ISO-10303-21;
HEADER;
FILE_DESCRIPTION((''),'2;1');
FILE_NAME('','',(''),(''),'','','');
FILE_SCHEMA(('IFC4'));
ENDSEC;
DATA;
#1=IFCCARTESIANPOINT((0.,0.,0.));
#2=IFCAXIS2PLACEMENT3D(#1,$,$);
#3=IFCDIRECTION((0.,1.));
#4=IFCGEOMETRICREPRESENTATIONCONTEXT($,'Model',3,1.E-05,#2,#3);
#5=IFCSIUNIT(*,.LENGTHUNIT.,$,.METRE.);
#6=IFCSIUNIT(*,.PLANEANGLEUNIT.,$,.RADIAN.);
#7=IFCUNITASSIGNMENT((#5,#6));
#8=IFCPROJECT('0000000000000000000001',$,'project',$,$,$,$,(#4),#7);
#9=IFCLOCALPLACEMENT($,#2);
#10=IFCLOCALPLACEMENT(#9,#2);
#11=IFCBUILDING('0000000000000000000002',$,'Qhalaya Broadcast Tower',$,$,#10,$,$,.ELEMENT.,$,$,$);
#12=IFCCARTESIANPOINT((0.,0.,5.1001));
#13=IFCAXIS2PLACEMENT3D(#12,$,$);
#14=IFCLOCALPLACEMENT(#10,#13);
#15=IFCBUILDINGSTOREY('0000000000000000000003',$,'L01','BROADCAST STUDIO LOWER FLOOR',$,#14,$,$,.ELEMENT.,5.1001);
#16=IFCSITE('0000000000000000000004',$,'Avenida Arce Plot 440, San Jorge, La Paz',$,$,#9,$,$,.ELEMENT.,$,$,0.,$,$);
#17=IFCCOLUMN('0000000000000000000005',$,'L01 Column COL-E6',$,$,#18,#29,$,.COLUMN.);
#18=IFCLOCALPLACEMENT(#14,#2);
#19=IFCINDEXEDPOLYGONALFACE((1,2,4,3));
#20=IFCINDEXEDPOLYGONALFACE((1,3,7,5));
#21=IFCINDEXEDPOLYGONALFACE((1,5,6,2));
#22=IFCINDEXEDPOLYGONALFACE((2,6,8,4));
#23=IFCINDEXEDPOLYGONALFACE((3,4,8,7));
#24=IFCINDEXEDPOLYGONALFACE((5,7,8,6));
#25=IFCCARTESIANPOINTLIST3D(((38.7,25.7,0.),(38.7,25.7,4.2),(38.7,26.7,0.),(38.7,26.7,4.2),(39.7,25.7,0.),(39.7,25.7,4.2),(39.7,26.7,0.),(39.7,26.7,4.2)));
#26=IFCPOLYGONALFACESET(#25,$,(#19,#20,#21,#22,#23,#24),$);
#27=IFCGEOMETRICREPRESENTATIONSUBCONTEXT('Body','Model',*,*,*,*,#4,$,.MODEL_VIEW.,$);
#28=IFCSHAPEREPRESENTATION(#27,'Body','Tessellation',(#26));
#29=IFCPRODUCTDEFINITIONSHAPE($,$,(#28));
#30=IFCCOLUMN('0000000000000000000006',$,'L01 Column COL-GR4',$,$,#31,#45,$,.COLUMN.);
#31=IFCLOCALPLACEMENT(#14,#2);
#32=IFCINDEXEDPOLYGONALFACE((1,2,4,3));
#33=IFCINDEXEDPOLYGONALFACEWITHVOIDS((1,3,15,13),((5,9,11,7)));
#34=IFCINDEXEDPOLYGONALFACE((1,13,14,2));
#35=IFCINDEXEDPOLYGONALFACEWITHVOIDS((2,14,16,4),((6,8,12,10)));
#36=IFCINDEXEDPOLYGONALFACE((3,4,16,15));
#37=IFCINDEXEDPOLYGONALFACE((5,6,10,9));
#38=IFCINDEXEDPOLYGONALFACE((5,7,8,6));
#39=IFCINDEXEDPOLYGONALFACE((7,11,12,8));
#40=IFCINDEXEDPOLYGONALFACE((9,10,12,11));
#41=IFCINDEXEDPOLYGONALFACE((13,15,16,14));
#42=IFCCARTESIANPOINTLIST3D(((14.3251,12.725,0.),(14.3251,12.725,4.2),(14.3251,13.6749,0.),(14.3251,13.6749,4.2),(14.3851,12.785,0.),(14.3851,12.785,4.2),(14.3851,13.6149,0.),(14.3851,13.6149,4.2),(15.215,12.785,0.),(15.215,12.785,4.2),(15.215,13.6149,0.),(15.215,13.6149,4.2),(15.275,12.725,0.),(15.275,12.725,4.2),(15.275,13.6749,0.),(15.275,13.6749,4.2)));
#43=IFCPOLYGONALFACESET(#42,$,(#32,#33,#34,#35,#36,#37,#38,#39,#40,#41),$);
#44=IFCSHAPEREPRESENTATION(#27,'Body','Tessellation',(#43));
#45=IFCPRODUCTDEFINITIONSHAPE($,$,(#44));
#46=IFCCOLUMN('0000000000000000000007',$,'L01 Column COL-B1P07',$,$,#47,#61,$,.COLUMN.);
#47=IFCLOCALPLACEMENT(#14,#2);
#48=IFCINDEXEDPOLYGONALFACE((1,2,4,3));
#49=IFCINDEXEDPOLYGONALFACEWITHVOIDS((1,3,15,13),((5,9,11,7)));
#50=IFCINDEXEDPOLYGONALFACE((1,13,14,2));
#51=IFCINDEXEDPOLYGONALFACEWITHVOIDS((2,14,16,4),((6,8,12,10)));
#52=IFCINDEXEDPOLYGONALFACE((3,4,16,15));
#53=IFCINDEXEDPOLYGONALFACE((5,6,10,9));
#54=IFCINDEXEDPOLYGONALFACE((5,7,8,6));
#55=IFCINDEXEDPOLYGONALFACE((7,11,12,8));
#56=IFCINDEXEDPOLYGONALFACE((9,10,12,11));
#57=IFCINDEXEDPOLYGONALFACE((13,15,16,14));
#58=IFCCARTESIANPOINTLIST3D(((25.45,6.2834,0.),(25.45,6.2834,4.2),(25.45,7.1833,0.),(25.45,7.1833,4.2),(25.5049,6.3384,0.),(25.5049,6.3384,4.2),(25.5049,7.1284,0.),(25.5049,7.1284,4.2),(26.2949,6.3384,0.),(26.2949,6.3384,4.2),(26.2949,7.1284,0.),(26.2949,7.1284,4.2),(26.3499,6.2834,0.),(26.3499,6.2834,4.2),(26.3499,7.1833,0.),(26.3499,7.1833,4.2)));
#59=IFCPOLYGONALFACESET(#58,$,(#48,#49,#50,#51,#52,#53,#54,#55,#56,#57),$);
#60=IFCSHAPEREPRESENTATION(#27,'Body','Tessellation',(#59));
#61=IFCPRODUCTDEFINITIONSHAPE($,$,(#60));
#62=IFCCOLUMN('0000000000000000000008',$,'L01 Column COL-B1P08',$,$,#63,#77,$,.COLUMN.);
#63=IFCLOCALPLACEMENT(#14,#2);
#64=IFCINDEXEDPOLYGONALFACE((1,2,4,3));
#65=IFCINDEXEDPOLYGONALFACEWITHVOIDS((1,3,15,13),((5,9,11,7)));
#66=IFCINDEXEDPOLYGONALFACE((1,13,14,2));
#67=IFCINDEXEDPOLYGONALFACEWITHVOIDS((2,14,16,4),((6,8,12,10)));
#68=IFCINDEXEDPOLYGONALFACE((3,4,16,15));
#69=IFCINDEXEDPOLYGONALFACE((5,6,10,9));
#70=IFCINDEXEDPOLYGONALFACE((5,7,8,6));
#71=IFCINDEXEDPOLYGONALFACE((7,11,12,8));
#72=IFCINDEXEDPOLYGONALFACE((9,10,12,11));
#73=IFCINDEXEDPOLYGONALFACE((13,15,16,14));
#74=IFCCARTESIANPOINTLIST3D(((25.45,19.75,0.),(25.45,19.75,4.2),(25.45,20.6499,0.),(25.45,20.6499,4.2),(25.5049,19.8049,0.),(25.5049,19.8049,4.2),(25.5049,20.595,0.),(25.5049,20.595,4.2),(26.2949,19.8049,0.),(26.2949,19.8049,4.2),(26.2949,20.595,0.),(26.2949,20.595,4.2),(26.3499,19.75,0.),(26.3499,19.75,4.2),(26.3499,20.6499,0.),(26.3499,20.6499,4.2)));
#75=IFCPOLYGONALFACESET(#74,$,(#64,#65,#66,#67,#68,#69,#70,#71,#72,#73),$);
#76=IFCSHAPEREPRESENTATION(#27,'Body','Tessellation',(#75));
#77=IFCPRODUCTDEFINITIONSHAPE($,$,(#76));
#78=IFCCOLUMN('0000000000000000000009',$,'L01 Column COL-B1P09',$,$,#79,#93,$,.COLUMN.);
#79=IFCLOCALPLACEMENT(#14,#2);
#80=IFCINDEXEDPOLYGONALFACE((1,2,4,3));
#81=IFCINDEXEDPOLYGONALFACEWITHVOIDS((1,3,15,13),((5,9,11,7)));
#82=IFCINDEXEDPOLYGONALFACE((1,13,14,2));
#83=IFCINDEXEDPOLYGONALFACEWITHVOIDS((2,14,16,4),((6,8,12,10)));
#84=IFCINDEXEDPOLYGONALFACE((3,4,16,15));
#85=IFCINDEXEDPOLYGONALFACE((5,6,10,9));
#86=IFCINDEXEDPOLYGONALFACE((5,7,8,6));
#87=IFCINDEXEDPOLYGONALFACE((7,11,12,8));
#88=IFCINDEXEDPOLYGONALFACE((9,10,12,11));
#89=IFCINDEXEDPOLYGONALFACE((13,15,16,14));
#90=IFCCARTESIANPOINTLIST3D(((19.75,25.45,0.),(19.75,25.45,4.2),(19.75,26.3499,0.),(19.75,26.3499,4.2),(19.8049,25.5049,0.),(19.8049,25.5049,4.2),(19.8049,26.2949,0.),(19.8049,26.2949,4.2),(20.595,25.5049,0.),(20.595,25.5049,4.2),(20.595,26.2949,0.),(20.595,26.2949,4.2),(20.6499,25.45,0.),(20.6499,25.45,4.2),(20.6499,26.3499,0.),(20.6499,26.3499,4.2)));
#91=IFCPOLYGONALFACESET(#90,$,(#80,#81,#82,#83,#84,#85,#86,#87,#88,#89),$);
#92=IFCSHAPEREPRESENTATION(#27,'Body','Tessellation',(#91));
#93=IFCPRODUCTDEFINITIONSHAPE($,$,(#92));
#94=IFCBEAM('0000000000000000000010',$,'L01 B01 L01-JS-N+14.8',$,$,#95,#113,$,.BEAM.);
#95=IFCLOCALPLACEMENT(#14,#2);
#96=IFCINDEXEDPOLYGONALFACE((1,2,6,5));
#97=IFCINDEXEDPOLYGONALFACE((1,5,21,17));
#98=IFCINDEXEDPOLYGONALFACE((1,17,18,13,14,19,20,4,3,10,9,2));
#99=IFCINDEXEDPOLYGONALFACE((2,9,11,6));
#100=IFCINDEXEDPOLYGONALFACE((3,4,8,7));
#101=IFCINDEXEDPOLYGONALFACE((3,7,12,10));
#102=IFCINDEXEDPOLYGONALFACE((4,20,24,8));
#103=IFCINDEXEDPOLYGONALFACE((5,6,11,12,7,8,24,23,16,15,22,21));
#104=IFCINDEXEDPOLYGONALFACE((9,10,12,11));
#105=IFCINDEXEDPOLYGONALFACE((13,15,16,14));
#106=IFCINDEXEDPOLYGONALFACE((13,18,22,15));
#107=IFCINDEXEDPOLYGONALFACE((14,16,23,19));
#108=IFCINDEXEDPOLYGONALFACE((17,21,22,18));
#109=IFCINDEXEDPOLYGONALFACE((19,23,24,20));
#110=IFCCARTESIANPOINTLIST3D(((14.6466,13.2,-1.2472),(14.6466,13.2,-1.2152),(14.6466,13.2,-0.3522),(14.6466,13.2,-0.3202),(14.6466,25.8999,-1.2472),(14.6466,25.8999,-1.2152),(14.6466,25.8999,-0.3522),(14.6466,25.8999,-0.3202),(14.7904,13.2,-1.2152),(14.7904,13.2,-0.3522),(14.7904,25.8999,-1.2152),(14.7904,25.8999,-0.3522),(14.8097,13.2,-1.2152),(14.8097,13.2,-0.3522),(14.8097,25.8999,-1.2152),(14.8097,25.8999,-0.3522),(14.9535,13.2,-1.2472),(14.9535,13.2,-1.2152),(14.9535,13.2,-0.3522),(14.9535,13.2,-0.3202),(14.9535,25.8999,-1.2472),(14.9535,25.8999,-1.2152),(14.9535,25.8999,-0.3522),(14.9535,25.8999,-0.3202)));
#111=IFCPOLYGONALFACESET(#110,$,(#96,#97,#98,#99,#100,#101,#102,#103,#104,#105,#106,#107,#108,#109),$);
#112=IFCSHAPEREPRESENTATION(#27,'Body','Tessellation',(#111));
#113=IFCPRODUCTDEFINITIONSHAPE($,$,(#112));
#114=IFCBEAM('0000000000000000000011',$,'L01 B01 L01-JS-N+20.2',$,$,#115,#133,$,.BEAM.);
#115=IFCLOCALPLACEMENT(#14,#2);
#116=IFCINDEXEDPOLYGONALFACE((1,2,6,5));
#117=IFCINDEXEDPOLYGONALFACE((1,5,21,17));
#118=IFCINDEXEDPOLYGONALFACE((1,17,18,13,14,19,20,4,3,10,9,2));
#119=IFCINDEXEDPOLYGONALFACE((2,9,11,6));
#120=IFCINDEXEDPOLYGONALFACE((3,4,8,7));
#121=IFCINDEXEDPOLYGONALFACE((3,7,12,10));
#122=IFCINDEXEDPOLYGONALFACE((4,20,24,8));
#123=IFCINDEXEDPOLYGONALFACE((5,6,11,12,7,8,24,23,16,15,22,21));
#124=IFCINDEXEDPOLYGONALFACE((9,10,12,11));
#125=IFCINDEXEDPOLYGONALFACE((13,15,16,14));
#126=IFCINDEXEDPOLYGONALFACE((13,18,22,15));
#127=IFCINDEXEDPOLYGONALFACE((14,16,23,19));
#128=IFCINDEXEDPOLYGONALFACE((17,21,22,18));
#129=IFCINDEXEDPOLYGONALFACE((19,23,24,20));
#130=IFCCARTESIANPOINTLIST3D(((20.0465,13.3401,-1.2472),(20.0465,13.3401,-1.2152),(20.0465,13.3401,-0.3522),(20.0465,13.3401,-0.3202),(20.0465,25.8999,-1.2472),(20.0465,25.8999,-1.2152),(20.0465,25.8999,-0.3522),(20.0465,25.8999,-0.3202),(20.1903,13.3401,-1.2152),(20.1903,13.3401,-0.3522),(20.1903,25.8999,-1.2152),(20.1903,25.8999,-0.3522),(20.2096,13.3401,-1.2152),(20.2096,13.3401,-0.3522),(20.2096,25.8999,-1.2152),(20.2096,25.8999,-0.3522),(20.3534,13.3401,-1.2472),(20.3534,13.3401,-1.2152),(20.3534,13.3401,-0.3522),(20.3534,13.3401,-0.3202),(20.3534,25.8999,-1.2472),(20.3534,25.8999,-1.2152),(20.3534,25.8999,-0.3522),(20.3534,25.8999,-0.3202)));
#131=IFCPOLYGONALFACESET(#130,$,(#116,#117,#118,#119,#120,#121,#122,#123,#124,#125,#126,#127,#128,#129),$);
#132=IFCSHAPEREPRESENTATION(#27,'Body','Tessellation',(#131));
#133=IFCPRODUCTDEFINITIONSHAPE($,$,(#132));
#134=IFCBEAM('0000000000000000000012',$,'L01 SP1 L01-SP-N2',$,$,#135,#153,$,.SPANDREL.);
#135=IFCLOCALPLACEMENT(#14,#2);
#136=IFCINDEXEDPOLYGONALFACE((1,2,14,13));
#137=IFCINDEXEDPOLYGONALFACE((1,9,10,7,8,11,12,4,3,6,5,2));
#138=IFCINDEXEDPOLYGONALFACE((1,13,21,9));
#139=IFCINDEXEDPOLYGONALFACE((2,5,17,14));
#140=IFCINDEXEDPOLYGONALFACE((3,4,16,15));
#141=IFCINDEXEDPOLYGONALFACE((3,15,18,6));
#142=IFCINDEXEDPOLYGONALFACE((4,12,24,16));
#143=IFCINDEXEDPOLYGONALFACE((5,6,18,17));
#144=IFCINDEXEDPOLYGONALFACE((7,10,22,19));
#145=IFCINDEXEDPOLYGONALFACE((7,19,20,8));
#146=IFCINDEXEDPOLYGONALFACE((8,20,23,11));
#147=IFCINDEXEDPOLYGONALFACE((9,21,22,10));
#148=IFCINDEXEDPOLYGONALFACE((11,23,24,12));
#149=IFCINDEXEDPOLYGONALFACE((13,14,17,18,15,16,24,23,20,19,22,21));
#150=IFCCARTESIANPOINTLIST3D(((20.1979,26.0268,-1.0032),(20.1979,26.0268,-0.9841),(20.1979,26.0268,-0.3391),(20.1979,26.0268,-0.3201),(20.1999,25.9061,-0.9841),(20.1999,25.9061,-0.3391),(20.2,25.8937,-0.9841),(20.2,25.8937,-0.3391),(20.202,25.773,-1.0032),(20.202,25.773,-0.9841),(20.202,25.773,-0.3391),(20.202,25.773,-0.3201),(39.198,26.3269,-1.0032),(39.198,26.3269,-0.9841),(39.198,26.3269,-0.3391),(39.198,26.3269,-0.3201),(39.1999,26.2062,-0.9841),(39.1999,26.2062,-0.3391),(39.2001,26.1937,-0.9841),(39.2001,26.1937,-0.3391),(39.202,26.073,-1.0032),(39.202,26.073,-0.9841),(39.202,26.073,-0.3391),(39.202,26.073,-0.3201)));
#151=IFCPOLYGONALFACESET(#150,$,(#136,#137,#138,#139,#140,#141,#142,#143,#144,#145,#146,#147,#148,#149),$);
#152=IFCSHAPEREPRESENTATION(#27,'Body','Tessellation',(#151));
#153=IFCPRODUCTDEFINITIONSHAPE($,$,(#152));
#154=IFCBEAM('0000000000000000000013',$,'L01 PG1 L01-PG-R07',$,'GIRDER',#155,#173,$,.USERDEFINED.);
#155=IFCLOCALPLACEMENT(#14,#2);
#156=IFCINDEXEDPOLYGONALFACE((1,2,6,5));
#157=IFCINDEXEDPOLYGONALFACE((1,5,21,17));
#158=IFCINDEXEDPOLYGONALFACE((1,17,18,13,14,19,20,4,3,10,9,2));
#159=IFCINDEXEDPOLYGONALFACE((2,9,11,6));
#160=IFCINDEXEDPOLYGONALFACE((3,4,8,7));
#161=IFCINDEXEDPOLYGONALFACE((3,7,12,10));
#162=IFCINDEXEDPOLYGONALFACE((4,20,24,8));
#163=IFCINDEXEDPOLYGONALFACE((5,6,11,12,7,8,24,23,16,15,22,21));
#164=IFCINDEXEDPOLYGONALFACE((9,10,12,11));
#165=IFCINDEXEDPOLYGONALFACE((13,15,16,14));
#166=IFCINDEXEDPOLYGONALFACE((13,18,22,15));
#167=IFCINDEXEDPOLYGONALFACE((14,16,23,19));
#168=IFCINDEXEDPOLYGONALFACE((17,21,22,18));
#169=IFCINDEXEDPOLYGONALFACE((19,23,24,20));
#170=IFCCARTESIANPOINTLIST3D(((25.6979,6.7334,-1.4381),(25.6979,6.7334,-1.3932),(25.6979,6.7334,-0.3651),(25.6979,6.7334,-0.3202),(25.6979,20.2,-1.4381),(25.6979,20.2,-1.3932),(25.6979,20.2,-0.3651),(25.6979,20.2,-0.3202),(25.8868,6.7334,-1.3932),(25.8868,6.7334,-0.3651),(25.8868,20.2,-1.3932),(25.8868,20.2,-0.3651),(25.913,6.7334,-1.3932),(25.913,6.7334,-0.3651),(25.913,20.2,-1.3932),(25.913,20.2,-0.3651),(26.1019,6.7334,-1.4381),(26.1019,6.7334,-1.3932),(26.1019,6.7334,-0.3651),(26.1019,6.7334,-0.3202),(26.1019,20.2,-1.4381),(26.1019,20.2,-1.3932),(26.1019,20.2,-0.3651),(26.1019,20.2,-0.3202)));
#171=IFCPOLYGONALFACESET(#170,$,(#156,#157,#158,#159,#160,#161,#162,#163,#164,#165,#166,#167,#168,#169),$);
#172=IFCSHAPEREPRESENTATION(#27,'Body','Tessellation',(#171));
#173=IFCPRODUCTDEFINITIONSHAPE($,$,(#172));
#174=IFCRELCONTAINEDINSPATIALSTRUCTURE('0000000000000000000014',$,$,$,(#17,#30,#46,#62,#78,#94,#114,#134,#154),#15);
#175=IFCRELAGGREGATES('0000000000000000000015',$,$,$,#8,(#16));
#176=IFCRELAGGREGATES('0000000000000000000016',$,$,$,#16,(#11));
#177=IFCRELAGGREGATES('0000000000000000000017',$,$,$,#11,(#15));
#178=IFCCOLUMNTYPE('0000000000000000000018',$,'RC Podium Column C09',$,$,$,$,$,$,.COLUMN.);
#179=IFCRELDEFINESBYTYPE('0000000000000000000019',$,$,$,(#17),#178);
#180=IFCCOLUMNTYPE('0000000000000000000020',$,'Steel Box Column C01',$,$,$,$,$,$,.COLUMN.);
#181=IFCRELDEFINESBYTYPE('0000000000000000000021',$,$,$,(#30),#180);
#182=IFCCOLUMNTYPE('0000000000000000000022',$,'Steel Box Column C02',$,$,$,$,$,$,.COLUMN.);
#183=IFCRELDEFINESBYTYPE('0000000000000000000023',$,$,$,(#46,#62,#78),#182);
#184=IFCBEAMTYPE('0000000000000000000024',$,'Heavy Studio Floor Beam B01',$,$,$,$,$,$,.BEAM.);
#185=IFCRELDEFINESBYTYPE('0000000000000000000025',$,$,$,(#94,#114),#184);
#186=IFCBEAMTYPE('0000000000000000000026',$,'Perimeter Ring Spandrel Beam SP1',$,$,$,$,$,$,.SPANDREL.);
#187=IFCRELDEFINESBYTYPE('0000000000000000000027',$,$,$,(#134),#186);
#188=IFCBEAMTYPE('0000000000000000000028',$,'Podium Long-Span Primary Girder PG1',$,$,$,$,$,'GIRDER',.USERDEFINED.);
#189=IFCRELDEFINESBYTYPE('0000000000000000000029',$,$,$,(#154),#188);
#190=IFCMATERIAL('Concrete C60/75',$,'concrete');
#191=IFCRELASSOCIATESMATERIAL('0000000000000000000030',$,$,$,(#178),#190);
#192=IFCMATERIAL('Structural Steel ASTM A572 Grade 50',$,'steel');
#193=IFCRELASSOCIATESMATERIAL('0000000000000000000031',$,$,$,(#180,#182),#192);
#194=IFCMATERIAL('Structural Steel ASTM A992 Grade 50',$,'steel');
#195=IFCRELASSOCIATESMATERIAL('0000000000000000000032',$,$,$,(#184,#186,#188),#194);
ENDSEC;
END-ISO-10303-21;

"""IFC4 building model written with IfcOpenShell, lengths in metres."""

from ifc_helpers import new_model, si_unit, direction, frame, origin, origin_2d, place, context, subcontext, project, spatial, rectangle, hollow_rectangle, i_section, extrude, material, material_profile, profile_set, type_object, element, save


model = new_model("IFC4")

# Units and contexts
model_context = context("Model", 3, precision=1e-05, world=origin(), true_north=direction((0.0, 1.0)))
body_context = subcontext(model_context, "Body", "Model", "MODEL_VIEW")
ifc_project = project(units=[si_unit("LENGTHUNIT", "METRE"), si_unit("PLANEANGLEUNIT", "RADIAN")], contexts=[model_context])

# Site, building, storey
site_placement = place(None, origin())
site = spatial("IfcSite", under=ifc_project, at=site_placement, Name="Avenida Arce Plot 440, San Jorge, La Paz", CompositionType="ELEMENT", RefElevation=0.0)
building_placement = place(site_placement, origin())
building = spatial("IfcBuilding", under=site, at=building_placement, Name="Qhalaya Broadcast Tower", CompositionType="ELEMENT")
storey_placement = place(building_placement, frame((0.0, 0.0, 5.1001)))
storey = spatial("IfcBuildingStorey", under=building, at=storey_placement, Name="L01", Description="BROADCAST STUDIO LOWER FLOOR", CompositionType="ELEMENT", Elevation=5.1001)

# Columns
ifc_material_1 = material(Name="Concrete C60/75", Category="concrete")
ifc_material_profile_1 = material_profile(ifc_material_1, rectangle(XDim=1.0, YDim=1.0, at=origin_2d()), Name="RC-COL 1000x1000")
ifc_profile_set_1 = profile_set([ifc_material_profile_1], Name="Concrete C60/75")
column_type_1 = type_object("IfcColumnType", Name="RC Podium Column C09", PredefinedType="COLUMN", material=ifc_profile_set_1)
column_1_placement = place(storey_placement, frame((39.2, 26.2, 0.0), z_axis=(0.0, 0.0, 1.0), x_axis=(1.0, 0.0, 0.0)))
element("IfcColumn", 1, at=column_1_placement, inside=storey, type_object=column_type_1, Name="L01 Column COL-E6", PredefinedType="COLUMN", context=body_context, shape_type="SweptSolid", body=[
    extrude(rectangle(XDim=1.0, YDim=1.0, at=origin_2d()), origin(), (0.0, 0.0, 1.0), 4.2),
])
ifc_material_2 = material(Name="Structural Steel ASTM A572 Grade 50", Category="steel")
ifc_material_profile_2 = material_profile(ifc_material_2, hollow_rectangle(XDim=0.95, YDim=0.95, WallThickness=0.0601, at=origin_2d()), Name="BOX 950x950x60")
ifc_profile_set_2 = profile_set([ifc_material_profile_2], Name="Structural Steel ASTM A572 Grade 50")
column_type_2 = type_object("IfcColumnType", Name="Steel Box Column C01", PredefinedType="COLUMN", material=ifc_profile_set_2)
column_2_placement = place(storey_placement, frame((14.8, 13.2, 0.0), z_axis=(0.0, 0.0, 1.0), x_axis=(1.0, 0.0, 0.0)))
element("IfcColumn", 2, at=column_2_placement, inside=storey, type_object=column_type_2, Name="L01 Column COL-GR4", PredefinedType="COLUMN", context=body_context, shape_type="SweptSolid", body=[
    extrude(hollow_rectangle(XDim=0.95, YDim=0.95, WallThickness=0.0601, at=origin_2d()), origin(), (0.0, 0.0, 1.0), 4.2),
])
ifc_material_profile_3 = material_profile(ifc_material_2, hollow_rectangle(XDim=0.8999, YDim=0.8999, WallThickness=0.0549, at=origin_2d()), Name="BOX 900x900x55")
ifc_profile_set_3 = profile_set([ifc_material_profile_3], Name="Structural Steel ASTM A572 Grade 50")
column_type_3 = type_object("IfcColumnType", Name="Steel Box Column C02", PredefinedType="COLUMN", material=ifc_profile_set_3)
for number, where, z_axis, x_axis, name in (
    (3, (25.8999, 6.7334, 0.0), (0.0, 0.0, 1.0), (0.0, 1.0, 0.0), "L01 Column COL-B1P07"),
    (4, (25.8999, 20.2, 0.0), (0.0, 0.0, 1.0), (0.0, 1.0, 0.0), "L01 Column COL-B1P08"),
    (5, (20.2, 25.8999, 0.0), (0.0, 0.0, 1.0), (1.0, 0.0, 0.0), "L01 Column COL-B1P09"),
):
    element("IfcColumn", number, at=place(storey_placement, frame(where, z_axis=z_axis, x_axis=x_axis)), inside=storey, type_object=column_type_3, Name=name, PredefinedType="COLUMN", context=body_context, shape_type="SweptSolid", body=[
        extrude(hollow_rectangle(XDim=0.8999, YDim=0.8999, WallThickness=0.0549, at=origin_2d()), origin(), (0.0, 0.0, 1.0), 4.2),
    ])

# Beams
ifc_material_3 = material(Name="Structural Steel ASTM A992 Grade 50", Category="steel")
ifc_material_profile_4 = material_profile(ifc_material_3, i_section(OverallWidth=0.3069, OverallDepth=0.927, WebThickness=0.0193, FlangeThickness=0.032, at=origin_2d()), Name="W36X194")
ifc_profile_set_4 = profile_set([ifc_material_profile_4], Name="Structural Steel ASTM A992 Grade 50")
beam_type_1 = type_object("IfcBeamType", Name="Heavy Studio Floor Beam B01", PredefinedType="BEAM", material=ifc_profile_set_4)
beam_1_placement = place(storey_placement, frame((14.8, 13.2, -0.7837), z_axis=(0.0, 1.0, 0.0), x_axis=(-1.0, 0.0, 0.0)))
element("IfcBeam", 6, at=beam_1_placement, inside=storey, type_object=beam_type_1, Name="L01 B01 L01-JS-N+14.8", PredefinedType="BEAM", context=body_context, shape_type="SweptSolid", body=[
    extrude(i_section(OverallWidth=0.3069, OverallDepth=0.927, WebThickness=0.0193, FlangeThickness=0.032, at=origin_2d()), origin(), (0.0, 0.0, 1.0), 12.7),
])
beam_2_placement = place(storey_placement, frame((20.2, 13.3401, -0.7837), z_axis=(0.0, 1.0, 0.0), x_axis=(-1.0, 0.0, 0.0)))
element("IfcBeam", 7, at=beam_2_placement, inside=storey, type_object=beam_type_1, Name="L01 B01 L01-JS-N+20.2", PredefinedType="BEAM", context=body_context, shape_type="SweptSolid", body=[
    extrude(i_section(OverallWidth=0.3069, OverallDepth=0.927, WebThickness=0.0193, FlangeThickness=0.032, at=origin_2d()), origin(), (0.0, 0.0, 1.0), 12.5598),
])
ifc_material_profile_5 = material_profile(ifc_material_3, i_section(OverallWidth=0.2539, OverallDepth=0.6831, WebThickness=0.0125, FlangeThickness=0.019, at=origin_2d()), Name="W27X94")
ifc_profile_set_5 = profile_set([ifc_material_profile_5], Name="Structural Steel ASTM A992 Grade 50")
beam_type_2 = type_object("IfcBeamType", Name="Perimeter Ring Spandrel Beam SP1", PredefinedType="SPANDREL", material=ifc_profile_set_5)
beam_3_placement = place(storey_placement, frame((20.2, 25.8999, -0.6616), z_axis=(0.999875, 0.01579, 0.0), x_axis=(-0.01579, 0.999875, 0.0)))
element("IfcBeam", 8, at=beam_3_placement, inside=storey, type_object=beam_type_2, Name="L01 SP1 L01-SP-N2", PredefinedType="SPANDREL", context=body_context, shape_type="SweptSolid", body=[
    extrude(i_section(OverallWidth=0.2539, OverallDepth=0.6831, WebThickness=0.0125, FlangeThickness=0.019, at=origin_2d()), origin(), (0.0, 0.0, 1.0), 19.0024),
])
ifc_material_profile_6 = material_profile(ifc_material_3, i_section(OverallWidth=0.4041, OverallDepth=1.1179, WebThickness=0.0261, FlangeThickness=0.0449, at=origin_2d()), Name="W44X335")
ifc_profile_set_6 = profile_set([ifc_material_profile_6], Name="Structural Steel ASTM A992 Grade 50")
beam_type_3 = type_object("IfcBeamType", Name="Podium Long-Span Primary Girder PG1", ElementType="GIRDER", PredefinedType="USERDEFINED", material=ifc_profile_set_6)
beam_4_placement = place(storey_placement, frame((25.8999, 6.7334, -0.8792), z_axis=(0.0, 1.0, 0.0), x_axis=(-1.0, 0.0, 0.0)))
element("IfcBeam", 9, at=beam_4_placement, inside=storey, type_object=beam_type_3, Name="L01 PG1 L01-PG-R07", ObjectType="GIRDER", PredefinedType="USERDEFINED", context=body_context, shape_type="SweptSolid", body=[
    extrude(i_section(OverallWidth=0.4041, OverallDepth=1.1179, WebThickness=0.0261, FlangeThickness=0.0449, at=origin_2d()), origin(), (0.0, 0.0, 1.0), 13.4666),
])

save(model, "model.ifc")
